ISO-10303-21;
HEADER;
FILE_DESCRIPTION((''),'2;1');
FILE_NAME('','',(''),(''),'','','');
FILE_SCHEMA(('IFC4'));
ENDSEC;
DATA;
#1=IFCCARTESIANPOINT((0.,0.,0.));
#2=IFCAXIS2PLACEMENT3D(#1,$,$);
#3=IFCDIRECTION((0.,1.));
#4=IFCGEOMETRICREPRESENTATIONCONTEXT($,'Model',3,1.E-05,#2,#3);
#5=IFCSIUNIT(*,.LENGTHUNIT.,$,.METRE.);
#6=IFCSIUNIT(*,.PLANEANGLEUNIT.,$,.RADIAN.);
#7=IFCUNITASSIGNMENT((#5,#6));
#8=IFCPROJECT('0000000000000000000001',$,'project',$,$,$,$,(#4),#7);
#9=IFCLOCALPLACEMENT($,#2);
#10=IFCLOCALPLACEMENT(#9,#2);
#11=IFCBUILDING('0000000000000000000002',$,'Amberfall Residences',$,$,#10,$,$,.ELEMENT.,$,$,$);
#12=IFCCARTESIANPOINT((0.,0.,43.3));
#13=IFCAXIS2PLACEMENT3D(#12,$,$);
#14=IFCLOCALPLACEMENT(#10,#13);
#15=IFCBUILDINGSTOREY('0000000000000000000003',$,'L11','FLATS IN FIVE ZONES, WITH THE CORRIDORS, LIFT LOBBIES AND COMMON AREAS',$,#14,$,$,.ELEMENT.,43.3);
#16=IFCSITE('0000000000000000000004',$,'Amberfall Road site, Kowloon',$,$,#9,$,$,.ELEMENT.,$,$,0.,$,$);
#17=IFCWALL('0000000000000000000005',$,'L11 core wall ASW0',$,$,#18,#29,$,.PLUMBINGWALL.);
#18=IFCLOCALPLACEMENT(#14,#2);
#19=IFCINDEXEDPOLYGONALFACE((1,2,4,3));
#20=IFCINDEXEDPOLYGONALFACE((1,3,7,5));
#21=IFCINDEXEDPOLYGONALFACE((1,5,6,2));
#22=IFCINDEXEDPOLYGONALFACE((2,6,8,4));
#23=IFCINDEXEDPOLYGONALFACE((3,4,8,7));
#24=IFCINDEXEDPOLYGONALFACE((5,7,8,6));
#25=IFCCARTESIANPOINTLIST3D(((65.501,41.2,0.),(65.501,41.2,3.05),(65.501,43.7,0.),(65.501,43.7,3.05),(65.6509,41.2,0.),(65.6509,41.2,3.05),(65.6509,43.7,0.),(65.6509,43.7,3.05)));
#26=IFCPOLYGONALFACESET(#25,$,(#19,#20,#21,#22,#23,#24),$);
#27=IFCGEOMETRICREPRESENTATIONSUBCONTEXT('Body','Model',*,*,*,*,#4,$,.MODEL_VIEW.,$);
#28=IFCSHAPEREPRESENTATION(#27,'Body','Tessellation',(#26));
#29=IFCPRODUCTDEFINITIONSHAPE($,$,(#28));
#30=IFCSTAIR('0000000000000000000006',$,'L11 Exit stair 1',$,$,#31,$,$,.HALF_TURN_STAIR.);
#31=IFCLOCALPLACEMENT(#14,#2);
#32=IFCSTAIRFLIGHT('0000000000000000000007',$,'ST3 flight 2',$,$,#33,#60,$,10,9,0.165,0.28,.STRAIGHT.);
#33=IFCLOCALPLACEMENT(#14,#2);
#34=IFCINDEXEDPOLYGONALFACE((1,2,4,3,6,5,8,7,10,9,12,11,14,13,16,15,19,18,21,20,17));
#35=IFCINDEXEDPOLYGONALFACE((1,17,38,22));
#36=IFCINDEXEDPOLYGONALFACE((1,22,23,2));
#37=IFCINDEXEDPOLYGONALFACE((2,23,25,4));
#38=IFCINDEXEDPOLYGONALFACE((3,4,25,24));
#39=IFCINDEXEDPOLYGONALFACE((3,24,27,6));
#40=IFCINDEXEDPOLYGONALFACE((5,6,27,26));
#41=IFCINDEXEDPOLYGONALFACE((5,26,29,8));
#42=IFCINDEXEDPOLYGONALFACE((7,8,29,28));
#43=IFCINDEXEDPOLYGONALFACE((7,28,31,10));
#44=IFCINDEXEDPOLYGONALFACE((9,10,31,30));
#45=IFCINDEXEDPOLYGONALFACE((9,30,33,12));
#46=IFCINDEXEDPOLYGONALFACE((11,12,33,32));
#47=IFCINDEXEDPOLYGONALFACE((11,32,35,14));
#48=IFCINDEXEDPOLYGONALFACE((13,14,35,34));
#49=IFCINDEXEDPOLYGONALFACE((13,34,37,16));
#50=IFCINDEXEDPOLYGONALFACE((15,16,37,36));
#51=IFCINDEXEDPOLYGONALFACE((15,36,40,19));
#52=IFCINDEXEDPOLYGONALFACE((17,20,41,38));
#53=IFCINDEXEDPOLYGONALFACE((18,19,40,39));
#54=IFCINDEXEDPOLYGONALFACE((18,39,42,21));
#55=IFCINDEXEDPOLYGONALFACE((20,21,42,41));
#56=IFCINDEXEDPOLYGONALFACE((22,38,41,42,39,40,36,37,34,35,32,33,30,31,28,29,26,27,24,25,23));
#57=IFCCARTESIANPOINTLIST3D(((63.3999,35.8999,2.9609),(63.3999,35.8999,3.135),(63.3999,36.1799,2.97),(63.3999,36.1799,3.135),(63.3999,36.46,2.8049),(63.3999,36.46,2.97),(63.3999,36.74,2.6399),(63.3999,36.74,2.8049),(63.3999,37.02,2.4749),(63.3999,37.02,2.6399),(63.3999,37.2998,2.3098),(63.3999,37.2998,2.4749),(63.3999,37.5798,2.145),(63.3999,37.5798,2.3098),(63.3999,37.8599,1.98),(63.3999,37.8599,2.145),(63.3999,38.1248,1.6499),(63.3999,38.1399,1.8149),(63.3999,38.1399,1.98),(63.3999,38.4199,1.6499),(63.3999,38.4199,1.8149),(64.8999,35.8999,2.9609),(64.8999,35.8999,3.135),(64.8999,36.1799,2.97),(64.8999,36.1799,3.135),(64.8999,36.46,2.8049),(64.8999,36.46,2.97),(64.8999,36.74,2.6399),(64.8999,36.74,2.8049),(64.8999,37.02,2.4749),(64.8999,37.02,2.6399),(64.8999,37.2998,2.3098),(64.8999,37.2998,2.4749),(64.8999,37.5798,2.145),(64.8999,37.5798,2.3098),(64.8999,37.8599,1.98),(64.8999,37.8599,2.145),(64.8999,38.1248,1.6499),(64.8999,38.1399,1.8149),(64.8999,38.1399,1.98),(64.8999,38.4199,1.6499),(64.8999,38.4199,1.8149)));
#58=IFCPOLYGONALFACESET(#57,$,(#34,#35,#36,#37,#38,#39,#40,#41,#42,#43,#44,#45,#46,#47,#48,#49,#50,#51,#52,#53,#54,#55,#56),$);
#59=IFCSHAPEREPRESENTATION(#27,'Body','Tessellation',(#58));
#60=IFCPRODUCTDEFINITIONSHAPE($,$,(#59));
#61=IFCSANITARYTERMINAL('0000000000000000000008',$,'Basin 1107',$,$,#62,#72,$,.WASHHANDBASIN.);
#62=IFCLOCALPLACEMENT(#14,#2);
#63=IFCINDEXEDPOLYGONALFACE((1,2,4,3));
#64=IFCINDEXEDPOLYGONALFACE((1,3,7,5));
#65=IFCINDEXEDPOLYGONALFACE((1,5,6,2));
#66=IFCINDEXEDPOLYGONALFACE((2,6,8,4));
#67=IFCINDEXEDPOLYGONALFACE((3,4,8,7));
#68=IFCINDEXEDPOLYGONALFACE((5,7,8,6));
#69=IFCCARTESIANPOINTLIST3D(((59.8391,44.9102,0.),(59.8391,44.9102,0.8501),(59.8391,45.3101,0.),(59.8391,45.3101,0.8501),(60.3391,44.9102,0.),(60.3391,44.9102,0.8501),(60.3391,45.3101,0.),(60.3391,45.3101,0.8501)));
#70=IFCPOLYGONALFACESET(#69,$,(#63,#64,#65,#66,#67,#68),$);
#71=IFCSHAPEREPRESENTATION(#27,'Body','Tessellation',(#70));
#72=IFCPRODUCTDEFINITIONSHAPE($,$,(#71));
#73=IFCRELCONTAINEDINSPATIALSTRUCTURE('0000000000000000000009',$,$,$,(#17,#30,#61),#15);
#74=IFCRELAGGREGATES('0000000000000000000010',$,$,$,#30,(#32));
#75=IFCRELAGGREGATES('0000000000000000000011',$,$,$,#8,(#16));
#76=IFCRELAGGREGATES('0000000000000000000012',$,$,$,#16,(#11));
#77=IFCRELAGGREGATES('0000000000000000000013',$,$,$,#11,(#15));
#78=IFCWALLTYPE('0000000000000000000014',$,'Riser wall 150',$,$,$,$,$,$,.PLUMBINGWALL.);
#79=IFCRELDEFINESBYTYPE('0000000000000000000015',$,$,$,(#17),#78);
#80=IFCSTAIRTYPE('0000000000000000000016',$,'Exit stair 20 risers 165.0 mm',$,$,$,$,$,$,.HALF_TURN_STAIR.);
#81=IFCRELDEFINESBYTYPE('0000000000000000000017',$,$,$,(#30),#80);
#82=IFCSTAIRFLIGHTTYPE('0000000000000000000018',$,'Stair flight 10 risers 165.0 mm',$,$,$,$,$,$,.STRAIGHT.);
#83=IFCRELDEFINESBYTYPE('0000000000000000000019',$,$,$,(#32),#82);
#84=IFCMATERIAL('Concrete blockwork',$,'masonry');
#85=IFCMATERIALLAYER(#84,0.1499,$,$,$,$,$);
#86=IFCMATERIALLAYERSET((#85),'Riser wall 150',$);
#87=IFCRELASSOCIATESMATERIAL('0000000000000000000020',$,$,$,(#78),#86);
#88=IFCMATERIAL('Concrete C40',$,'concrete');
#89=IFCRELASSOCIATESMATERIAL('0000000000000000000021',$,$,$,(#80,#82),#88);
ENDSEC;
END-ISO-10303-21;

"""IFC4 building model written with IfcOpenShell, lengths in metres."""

from ifc_helpers import new_model, si_unit, direction, frame, frame_2d, origin, origin_2d, place, context, subcontext, project, spatial, polyline, rectangle, outline, extrude, material, layer, layer_set, type_object, element, aggregate, save


model = new_model("IFC4")

# Units and contexts
model_context = context("Model", 3, precision=1e-05, world=origin(), true_north=direction((0.0, 1.0)))
body_context = subcontext(model_context, "Body", "Model", "MODEL_VIEW")
ifc_project = project(units=[si_unit("LENGTHUNIT", "METRE"), si_unit("PLANEANGLEUNIT", "RADIAN")], contexts=[model_context])

# Site, building, storey
site_placement = place(None, origin())
site = spatial("IfcSite", under=ifc_project, at=site_placement, Name="Amberfall Road site, Kowloon", CompositionType="ELEMENT", RefElevation=0.0)
building_placement = place(site_placement, origin())
building = spatial("IfcBuilding", under=site, at=building_placement, Name="Amberfall Residences", CompositionType="ELEMENT")
storey_placement = place(building_placement, frame((0.0, 0.0, 43.3)))
storey = spatial("IfcBuildingStorey", under=building, at=storey_placement, Name="L11", Description="FLATS IN FIVE ZONES, WITH THE CORRIDORS, LIFT LOBBIES AND COMMON AREAS", CompositionType="ELEMENT", Elevation=43.3)

# Wall
ifc_material_1 = material(Name="Concrete blockwork", Category="masonry")
ifc_layer_1 = layer(ifc_material_1, 0.1499)
ifc_layer_set_1 = layer_set([ifc_layer_1], Name="Riser wall 150")
wall_type_1 = type_object("IfcWallType", Name="Riser wall 150", PredefinedType="PLUMBINGWALL", material=ifc_layer_set_1)
wall_1_placement = place(storey_placement, frame((65.5759, 41.2, 0.0), z_axis=(0.0, 0.0, 1.0), x_axis=(0.0, 1.0, 0.0)))
element("IfcWall", 1, at=wall_1_placement, inside=storey, type_object=wall_type_1, Name="L11 core wall ASW0", PredefinedType="PLUMBINGWALL", context=body_context, shape_type="SweptSolid", body=[
    extrude(rectangle(XDim=2.5, YDim=0.1499, at=frame_2d((1.25, 0.0))), origin(), (0.0, 0.0, 1.0), 3.05),
])

# Stair, stair flight
ifc_material_2 = material(Name="Concrete C40", Category="concrete")
stair_type = type_object("IfcStairType", Name="Exit stair 20 risers 165.0 mm", PredefinedType="HALF_TURN_STAIR", material=ifc_material_2)
stair_placement = place(storey_placement, origin())
stair = element("IfcStair", 2, at=stair_placement, inside=storey, type_object=stair_type, Name="L11 Exit stair 1", PredefinedType="HALF_TURN_STAIR")
stair_flight_type = type_object("IfcStairFlightType", Name="Stair flight 10 risers 165.0 mm", PredefinedType="STRAIGHT", material=ifc_material_2)
stair_flight_placement = place(storey_placement, frame((64.1499, 38.4199, 1.6499), z_axis=(0.0, 0.0, 1.0), x_axis=(0.0, -1.0, 0.0)))
stair_flight = element("IfcStairFlight", 3, at=stair_flight_placement, type_object=stair_flight_type, Name="ST3 flight 2", NumberOfRisers=10, NumberOfTreads=9, PredefinedType="STRAIGHT", RiserHeight=0.165, TreadLength=0.28, context=body_context, shape_type="SweptSolid", body=[
    extrude(outline(polyline([(0.0, 0.0), (0.0, 0.165), (0.28, 0.165), (0.28, 0.3301), (0.5601, 0.3301), (0.5601, 0.4951), (0.8401, 0.4951), (0.8401, 0.6599), (1.1201, 0.6599), (1.1201, 0.825), (1.3999, 0.825), (1.3999, 0.99), (1.6799, 0.99), (1.6799, 1.155), (1.96, 1.155), (1.96, 1.3201), (2.24, 1.3201), (2.24, 1.4851), (2.52, 1.4851), (2.52, 1.6499), (2.52, 1.311), (0.2952, 0.0), (0.0, 0.0)])), frame((0.0, 0.75, 0.0), z_axis=(0.0, -1.0, 0.0), x_axis=(1.0, 0.0, 0.0)), (0.0, 0.0, 1.0), 1.5),
])
aggregate(stair, [stair_flight])

# Sanitary terminal
sanitary_terminal_placement = place(storey_placement, frame((60.0891, 45.1101, 0.0), z_axis=(0.0, 0.0, 1.0), x_axis=(1.0, 0.0, 0.0)))
element("IfcSanitaryTerminal", 4, at=sanitary_terminal_placement, inside=storey, Name="Basin 1107", PredefinedType="WASHHANDBASIN", context=body_context, shape_type="SweptSolid", body=[
    extrude(rectangle(XDim=0.5, YDim=0.3999, at=origin_2d()), origin(), (0.0, 0.0, 1.0), 0.8501),
])

save(model, "model.ifc")
